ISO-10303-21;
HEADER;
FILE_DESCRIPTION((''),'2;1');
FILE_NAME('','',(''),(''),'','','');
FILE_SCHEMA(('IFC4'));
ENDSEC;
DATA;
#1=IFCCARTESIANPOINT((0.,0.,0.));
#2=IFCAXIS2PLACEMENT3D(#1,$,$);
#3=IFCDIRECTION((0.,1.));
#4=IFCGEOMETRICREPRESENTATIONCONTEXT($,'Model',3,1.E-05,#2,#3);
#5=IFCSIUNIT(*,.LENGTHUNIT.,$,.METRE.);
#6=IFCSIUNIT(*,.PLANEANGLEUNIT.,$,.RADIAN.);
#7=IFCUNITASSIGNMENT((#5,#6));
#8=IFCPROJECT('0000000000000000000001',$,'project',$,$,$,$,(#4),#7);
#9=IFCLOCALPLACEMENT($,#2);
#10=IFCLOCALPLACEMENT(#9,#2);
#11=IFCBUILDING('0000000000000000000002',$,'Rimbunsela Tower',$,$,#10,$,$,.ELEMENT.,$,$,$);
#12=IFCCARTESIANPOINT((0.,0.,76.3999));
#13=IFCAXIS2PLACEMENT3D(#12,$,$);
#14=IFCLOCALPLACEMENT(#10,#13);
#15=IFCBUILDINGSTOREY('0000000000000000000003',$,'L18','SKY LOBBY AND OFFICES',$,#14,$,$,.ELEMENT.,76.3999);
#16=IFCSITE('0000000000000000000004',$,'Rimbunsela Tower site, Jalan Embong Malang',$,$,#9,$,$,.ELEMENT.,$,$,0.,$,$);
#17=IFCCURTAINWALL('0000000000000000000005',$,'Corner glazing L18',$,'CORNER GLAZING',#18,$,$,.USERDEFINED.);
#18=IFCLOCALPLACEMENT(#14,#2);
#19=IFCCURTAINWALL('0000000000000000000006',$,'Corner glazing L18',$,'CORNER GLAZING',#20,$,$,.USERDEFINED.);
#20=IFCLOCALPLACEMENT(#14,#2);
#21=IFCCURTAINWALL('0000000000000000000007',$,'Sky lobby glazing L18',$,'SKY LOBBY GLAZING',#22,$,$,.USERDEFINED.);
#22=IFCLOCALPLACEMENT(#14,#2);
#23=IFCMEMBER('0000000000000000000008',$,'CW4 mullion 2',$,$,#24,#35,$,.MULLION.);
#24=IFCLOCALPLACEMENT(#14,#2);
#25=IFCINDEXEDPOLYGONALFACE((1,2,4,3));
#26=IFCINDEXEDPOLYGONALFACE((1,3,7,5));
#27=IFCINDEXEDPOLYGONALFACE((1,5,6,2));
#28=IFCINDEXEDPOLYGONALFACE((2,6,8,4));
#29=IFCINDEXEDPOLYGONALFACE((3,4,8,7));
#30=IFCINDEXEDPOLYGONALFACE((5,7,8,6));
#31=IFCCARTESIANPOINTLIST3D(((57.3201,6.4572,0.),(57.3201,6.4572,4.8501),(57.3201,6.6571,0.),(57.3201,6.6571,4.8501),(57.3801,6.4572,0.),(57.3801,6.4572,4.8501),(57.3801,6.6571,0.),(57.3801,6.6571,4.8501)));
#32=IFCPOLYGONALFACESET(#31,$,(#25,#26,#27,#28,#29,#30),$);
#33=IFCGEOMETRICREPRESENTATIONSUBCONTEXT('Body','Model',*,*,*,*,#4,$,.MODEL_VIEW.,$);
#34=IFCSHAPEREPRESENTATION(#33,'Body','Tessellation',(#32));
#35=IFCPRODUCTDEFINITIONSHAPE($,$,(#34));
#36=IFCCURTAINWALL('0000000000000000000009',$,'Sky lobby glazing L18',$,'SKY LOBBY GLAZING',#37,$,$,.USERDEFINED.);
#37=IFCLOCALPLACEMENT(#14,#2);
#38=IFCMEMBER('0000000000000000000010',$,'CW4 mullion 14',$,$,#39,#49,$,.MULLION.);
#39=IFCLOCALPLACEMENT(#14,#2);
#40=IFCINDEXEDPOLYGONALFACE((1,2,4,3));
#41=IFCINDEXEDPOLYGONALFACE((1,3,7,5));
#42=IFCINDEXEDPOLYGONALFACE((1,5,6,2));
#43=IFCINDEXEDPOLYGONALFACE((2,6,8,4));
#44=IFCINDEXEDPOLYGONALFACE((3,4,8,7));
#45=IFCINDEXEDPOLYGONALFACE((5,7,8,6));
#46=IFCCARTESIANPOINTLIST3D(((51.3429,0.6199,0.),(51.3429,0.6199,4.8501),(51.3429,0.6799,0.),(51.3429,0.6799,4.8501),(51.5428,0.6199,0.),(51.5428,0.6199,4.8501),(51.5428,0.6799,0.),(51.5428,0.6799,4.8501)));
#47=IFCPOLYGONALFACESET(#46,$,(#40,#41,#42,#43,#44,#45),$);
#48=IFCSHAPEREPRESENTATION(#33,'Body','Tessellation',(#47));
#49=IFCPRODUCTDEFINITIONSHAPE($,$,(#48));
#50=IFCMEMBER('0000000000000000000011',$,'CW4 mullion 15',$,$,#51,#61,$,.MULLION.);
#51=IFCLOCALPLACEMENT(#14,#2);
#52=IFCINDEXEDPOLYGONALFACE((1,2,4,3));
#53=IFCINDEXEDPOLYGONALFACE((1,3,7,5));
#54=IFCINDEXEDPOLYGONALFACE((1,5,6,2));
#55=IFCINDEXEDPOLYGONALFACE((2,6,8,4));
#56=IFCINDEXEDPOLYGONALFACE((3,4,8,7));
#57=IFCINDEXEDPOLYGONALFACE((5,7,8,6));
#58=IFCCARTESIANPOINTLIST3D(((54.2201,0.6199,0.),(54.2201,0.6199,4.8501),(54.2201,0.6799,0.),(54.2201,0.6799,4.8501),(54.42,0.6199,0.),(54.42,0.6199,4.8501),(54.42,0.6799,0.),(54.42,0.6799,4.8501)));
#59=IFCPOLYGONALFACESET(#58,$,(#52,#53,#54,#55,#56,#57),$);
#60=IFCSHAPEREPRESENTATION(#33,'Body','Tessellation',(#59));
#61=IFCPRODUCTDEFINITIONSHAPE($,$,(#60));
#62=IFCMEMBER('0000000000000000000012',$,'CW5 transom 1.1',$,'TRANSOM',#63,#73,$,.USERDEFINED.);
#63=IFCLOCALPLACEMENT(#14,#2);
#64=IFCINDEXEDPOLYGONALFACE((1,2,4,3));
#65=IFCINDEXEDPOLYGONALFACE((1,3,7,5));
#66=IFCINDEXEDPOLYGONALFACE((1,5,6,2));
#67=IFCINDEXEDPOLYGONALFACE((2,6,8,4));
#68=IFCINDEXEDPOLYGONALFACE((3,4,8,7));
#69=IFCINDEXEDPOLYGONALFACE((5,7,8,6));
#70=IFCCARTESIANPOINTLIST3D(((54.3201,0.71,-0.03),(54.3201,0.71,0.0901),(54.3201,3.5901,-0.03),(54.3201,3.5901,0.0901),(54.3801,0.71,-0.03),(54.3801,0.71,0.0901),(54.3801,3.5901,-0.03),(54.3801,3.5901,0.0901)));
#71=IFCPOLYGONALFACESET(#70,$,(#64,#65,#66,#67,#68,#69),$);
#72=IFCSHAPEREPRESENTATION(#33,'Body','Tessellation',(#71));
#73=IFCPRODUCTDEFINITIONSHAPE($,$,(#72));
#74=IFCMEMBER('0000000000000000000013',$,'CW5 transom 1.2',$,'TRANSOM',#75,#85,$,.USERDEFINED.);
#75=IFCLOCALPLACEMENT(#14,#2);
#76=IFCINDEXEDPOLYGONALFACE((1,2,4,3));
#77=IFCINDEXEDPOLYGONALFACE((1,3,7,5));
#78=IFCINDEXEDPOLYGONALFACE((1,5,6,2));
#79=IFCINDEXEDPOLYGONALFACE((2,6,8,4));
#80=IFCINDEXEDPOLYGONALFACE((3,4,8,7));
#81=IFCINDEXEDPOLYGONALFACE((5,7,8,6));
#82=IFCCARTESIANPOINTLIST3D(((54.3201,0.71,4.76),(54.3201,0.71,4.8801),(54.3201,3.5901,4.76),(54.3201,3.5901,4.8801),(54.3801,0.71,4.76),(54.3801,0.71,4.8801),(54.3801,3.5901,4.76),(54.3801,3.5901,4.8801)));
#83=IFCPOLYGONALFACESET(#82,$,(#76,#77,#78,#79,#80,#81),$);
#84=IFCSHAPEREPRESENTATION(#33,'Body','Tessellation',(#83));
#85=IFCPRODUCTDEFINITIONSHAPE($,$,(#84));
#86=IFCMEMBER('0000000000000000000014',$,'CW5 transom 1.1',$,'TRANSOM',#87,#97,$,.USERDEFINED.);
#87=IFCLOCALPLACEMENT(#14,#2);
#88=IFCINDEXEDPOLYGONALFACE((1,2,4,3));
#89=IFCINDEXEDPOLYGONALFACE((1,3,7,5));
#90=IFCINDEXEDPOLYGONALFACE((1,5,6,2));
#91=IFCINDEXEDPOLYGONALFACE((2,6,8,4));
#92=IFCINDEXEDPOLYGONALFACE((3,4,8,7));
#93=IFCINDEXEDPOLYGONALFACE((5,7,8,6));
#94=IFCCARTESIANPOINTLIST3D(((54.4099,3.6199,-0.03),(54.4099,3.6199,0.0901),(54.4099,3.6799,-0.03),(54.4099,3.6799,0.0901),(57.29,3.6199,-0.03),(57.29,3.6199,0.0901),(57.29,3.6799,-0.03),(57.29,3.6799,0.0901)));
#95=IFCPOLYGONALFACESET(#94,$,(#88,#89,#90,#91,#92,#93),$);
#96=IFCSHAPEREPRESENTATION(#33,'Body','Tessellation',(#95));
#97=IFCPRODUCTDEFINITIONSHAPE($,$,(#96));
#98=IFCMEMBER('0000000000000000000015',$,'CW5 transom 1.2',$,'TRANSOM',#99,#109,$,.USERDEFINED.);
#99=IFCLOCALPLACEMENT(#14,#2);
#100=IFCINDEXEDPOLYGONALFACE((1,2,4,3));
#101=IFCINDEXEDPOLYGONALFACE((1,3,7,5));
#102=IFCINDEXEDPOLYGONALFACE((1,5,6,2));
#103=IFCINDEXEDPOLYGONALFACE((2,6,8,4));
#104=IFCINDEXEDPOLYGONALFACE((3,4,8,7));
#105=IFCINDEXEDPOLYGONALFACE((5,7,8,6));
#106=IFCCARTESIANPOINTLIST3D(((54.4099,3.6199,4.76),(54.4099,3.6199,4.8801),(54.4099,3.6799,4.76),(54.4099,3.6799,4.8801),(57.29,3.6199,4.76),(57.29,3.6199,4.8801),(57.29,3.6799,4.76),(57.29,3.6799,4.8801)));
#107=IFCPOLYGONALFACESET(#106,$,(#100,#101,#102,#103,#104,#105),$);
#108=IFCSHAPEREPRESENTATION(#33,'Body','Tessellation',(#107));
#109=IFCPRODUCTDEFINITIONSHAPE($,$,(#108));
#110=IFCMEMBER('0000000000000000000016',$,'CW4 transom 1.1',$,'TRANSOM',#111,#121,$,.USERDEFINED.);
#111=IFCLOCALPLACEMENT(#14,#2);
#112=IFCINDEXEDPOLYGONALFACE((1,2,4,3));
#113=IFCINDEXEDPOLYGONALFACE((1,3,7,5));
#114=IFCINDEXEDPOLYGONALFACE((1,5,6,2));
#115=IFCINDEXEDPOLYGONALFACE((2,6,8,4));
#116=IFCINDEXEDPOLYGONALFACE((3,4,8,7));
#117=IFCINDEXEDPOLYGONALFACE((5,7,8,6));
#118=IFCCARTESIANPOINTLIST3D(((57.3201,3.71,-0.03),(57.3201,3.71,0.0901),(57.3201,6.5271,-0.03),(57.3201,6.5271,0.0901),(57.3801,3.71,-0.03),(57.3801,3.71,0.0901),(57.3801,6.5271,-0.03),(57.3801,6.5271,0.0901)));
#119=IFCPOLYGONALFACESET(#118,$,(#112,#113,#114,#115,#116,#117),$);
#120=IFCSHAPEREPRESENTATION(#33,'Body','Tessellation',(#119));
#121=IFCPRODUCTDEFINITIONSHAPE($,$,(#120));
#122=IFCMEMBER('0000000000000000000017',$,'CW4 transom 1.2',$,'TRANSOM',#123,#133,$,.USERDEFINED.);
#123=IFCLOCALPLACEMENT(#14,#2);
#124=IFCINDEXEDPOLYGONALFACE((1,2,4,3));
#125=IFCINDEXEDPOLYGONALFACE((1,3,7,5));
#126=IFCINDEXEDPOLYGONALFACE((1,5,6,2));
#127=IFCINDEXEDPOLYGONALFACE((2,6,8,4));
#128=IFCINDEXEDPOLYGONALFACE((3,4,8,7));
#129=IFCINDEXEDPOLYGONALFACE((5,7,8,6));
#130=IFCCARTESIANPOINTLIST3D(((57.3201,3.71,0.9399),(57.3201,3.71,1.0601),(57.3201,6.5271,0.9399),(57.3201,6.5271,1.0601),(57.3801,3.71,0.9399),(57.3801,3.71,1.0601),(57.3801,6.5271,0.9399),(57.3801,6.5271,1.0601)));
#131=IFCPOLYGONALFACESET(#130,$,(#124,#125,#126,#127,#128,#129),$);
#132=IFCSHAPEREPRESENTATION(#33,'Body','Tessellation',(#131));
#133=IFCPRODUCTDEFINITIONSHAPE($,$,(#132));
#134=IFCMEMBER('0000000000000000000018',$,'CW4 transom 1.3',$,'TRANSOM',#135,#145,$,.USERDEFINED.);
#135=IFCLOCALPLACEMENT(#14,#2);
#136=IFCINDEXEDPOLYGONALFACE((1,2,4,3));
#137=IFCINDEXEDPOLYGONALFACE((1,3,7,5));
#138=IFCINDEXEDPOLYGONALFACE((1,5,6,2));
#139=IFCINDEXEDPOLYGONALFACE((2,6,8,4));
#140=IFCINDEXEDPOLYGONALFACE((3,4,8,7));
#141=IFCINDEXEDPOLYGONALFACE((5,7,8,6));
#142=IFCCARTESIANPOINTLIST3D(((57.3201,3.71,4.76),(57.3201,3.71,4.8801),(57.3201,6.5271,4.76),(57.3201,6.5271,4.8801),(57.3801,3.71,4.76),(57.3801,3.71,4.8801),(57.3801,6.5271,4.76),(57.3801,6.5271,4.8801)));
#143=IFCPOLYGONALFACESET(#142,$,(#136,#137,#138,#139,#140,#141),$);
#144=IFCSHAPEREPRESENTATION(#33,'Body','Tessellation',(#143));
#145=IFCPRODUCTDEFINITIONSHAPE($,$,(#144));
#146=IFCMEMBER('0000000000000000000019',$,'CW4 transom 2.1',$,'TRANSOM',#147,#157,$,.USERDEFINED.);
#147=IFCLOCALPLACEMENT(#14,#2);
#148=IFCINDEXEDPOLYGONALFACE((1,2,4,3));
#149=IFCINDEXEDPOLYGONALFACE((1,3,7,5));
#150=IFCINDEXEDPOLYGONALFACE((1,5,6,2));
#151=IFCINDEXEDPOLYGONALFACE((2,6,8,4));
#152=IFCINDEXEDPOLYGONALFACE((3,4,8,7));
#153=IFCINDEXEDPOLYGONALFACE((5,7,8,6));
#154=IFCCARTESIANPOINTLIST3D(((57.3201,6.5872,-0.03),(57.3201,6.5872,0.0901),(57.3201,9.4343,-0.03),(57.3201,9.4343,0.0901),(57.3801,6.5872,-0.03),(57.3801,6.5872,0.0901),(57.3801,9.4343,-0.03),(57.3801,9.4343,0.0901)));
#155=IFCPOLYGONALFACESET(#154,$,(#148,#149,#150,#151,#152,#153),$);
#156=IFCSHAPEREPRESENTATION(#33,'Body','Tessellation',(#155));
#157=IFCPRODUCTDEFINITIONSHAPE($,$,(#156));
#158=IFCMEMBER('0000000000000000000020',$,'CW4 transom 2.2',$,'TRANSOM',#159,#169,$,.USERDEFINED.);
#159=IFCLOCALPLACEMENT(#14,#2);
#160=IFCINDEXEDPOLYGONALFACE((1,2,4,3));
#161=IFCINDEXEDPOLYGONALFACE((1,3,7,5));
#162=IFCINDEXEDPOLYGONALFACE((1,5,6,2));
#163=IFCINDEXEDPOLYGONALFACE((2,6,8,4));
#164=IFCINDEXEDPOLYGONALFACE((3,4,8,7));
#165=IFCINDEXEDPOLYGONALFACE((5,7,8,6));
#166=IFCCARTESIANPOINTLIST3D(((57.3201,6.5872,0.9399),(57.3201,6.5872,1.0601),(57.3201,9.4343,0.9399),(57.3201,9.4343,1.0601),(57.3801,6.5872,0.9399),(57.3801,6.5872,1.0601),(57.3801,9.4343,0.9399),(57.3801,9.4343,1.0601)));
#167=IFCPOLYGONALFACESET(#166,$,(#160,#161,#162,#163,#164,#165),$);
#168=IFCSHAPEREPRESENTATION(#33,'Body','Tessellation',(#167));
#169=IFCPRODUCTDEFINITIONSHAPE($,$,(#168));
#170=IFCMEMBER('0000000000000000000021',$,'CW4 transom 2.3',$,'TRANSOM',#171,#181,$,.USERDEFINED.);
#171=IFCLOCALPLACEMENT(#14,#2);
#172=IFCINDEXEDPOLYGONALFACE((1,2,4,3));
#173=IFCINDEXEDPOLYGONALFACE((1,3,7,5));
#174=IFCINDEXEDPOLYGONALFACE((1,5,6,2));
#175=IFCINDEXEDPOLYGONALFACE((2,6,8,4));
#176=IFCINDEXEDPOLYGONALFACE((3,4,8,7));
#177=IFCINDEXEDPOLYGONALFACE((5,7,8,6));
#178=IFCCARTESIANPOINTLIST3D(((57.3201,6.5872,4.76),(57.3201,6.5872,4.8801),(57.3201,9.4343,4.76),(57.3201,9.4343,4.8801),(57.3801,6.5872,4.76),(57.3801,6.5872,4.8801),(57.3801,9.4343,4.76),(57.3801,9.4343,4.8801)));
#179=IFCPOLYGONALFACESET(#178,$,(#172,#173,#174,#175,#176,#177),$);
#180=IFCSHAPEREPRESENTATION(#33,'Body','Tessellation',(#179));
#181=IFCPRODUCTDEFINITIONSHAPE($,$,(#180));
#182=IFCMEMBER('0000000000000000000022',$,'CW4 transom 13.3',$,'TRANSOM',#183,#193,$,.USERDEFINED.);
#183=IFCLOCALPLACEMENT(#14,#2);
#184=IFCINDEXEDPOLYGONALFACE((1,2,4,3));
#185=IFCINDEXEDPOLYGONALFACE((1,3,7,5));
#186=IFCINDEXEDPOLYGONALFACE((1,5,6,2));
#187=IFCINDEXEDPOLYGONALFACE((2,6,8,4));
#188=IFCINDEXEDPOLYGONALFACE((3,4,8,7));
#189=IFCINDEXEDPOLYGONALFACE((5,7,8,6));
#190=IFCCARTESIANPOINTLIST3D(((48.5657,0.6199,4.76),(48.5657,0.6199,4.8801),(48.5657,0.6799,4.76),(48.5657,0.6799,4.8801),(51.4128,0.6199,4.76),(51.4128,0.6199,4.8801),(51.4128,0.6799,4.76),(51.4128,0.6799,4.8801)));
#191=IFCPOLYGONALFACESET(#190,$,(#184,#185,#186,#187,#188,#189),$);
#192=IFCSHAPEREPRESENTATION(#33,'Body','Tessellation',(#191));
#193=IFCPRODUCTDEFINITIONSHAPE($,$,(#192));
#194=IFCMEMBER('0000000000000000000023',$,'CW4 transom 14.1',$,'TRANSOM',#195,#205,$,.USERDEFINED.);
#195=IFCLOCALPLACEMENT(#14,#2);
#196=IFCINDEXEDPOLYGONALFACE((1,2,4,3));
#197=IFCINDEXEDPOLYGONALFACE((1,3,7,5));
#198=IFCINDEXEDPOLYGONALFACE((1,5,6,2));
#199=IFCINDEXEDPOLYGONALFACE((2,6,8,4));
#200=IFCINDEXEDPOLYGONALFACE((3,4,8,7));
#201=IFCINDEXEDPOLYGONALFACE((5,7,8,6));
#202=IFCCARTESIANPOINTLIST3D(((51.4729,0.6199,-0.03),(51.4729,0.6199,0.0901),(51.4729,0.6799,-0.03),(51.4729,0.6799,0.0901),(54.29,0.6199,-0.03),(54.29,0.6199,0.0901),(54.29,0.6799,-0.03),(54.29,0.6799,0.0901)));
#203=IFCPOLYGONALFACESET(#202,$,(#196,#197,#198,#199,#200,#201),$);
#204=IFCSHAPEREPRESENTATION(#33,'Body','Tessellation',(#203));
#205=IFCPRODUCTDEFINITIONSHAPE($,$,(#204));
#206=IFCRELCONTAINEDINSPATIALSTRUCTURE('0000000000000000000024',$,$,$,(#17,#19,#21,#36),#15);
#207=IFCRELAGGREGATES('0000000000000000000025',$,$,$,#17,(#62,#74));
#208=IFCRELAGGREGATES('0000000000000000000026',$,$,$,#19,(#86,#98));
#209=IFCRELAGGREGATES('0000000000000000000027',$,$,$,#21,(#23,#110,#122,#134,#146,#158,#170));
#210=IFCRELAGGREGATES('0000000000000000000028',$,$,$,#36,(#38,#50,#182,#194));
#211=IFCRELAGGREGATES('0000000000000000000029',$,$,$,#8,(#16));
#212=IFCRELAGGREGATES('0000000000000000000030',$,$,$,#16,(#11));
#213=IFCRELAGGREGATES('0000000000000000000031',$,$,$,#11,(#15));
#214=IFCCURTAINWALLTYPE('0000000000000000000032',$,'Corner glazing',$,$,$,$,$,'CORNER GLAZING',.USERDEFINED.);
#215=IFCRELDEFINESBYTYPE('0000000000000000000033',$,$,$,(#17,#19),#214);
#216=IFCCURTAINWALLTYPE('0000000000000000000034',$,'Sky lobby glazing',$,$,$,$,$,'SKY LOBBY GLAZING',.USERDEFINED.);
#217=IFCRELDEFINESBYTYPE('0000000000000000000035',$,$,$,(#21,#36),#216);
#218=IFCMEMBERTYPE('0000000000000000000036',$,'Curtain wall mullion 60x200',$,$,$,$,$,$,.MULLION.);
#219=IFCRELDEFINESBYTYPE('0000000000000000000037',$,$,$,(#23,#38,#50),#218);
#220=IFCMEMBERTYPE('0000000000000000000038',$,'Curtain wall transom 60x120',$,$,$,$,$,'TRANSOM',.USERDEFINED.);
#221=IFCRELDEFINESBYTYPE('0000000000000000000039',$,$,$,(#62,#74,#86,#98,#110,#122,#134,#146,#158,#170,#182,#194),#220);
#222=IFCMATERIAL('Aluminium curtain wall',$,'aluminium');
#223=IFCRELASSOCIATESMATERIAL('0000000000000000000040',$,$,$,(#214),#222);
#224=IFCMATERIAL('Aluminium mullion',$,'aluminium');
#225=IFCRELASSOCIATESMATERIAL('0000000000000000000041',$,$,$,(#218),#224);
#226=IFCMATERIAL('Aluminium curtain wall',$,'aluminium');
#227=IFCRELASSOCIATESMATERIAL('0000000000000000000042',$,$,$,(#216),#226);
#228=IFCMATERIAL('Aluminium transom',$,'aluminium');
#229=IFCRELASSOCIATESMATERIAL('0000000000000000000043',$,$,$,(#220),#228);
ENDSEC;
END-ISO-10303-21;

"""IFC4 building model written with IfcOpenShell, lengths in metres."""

from ifc_helpers import new_model, si_unit, direction, frame, origin, origin_2d, place, context, subcontext, project, spatial, rectangle, extrude, material, material_profile, profile_set, type_object, element, aggregate, save


model = new_model("IFC4")

# Units and contexts
model_context = context("Model", 3, precision=1e-05, world=origin(), true_north=direction((0.0, 1.0)))
body_context = subcontext(model_context, "Body", "Model", "MODEL_VIEW")
ifc_project = project(units=[si_unit("LENGTHUNIT", "METRE"), si_unit("PLANEANGLEUNIT", "RADIAN")], contexts=[model_context])

# Site, building, storey
site_placement = place(None, origin())
site = spatial("IfcSite", under=ifc_project, at=site_placement, Name="Rimbunsela Tower site, Jalan Embong Malang", CompositionType="ELEMENT", RefElevation=0.0)
building_placement = place(site_placement, origin())
building = spatial("IfcBuilding", under=site, at=building_placement, Name="Rimbunsela Tower", CompositionType="ELEMENT")
storey_placement = place(building_placement, frame((0.0, 0.0, 76.3999)))
storey = spatial("IfcBuildingStorey", under=building, at=storey_placement, Name="L18", Description="SKY LOBBY AND OFFICES", CompositionType="ELEMENT", Elevation=76.3999)

# Curtain walls, members
ifc_material_1 = material(Name="Aluminium curtain wall", Category="aluminium")
curtain_wall_type_1 = type_object("IfcCurtainWallType", Name="Corner glazing", ElementType="CORNER GLAZING", PredefinedType="USERDEFINED", material=ifc_material_1)
curtain_wall_1_placement = place(storey_placement, origin())
curtain_wall_1 = element("IfcCurtainWall", 1, at=curtain_wall_1_placement, inside=storey, type_object=curtain_wall_type_1, Name="Corner glazing L18", ObjectType="CORNER GLAZING", PredefinedType="USERDEFINED")
ifc_material_2 = material(Name="Aluminium mullion", Category="aluminium")
ifc_material_profile_1 = material_profile(ifc_material_2, rectangle(XDim=0.0601, YDim=0.2, at=origin_2d()), Name="Mullion 60x200")
ifc_profile_set_1 = profile_set([ifc_material_profile_1], Name="Aluminium mullion")
member_type_1 = type_object("IfcMemberType", Name="Curtain wall mullion 60x200", PredefinedType="MULLION", material=ifc_profile_set_1)
curtain_wall_2_placement = place(storey_placement, origin())
curtain_wall_2 = element("IfcCurtainWall", 2, at=curtain_wall_2_placement, inside=storey, type_object=curtain_wall_type_1, Name="Corner glazing L18", ObjectType="CORNER GLAZING", PredefinedType="USERDEFINED")
ifc_material_3 = material(Name="Aluminium curtain wall", Category="aluminium")
curtain_wall_type_2 = type_object("IfcCurtainWallType", Name="Sky lobby glazing", ElementType="SKY LOBBY GLAZING", PredefinedType="USERDEFINED", material=ifc_material_3)
curtain_wall_3_placement = place(storey_placement, origin())
curtain_wall_3 = element("IfcCurtainWall", 3, at=curtain_wall_3_placement, inside=storey, type_object=curtain_wall_type_2, Name="Sky lobby glazing L18", ObjectType="SKY LOBBY GLAZING", PredefinedType="USERDEFINED")
member_1_placement = place(storey_placement, frame((57.3501, 6.5571, 0.0), z_axis=(0.0, 0.0, 1.0), x_axis=(-1.0, 0.0, 0.0)))
member_1 = element("IfcMember", 4, at=member_1_placement, type_object=member_type_1, Name="CW4 mullion 2", PredefinedType="MULLION", context=body_context, shape_type="SweptSolid", body=[
    extrude(rectangle(XDim=0.0601, YDim=0.2, at=origin_2d()), origin(), (0.0, 0.0, 1.0), 4.8501),
])
curtain_wall_4_placement = place(storey_placement, origin())
curtain_wall_4 = element("IfcCurtainWall", 5, at=curtain_wall_4_placement, inside=storey, type_object=curtain_wall_type_2, Name="Sky lobby glazing L18", ObjectType="SKY LOBBY GLAZING", PredefinedType="USERDEFINED")
member_2_placement = place(storey_placement, frame((51.4429, 0.6499, 0.0), z_axis=(0.0, 0.0, 1.0), x_axis=(0.0, 1.0, 0.0)))
member_2 = element("IfcMember", 6, at=member_2_placement, type_object=member_type_1, Name="CW4 mullion 14", PredefinedType="MULLION", context=body_context, shape_type="SweptSolid", body=[
    extrude(rectangle(XDim=0.0601, YDim=0.2, at=origin_2d()), origin(), (0.0, 0.0, 1.0), 4.8501),
])
member_3_placement = place(storey_placement, frame((54.3201, 0.6499, 0.0), z_axis=(0.0, 0.0, 1.0), x_axis=(0.0, 1.0, 0.0)))
member_3 = element("IfcMember", 7, at=member_3_placement, type_object=member_type_1, Name="CW4 mullion 15", PredefinedType="MULLION", context=body_context, shape_type="SweptSolid", body=[
    extrude(rectangle(XDim=0.0601, YDim=0.2, at=origin_2d()), origin(), (0.0, 0.0, 1.0), 4.8501),
])

# Members
ifc_material_4 = material(Name="Aluminium transom", Category="aluminium")
ifc_material_profile_2 = material_profile(ifc_material_4, rectangle(XDim=0.0601, YDim=0.1201, at=origin_2d()), Name="Transom 60x120")
ifc_profile_set_2 = profile_set([ifc_material_profile_2], Name="Aluminium transom")
member_type_2 = type_object("IfcMemberType", Name="Curtain wall transom 60x120", ElementType="TRANSOM", PredefinedType="USERDEFINED", material=ifc_profile_set_2)
member_4_placement = place(storey_placement, frame((54.3501, 0.71, 0.03), z_axis=(0.0, 1.0, 0.0), x_axis=(-1.0, 0.0, 0.0)))
member_4 = element("IfcMember", 8, at=member_4_placement, type_object=member_type_2, Name="CW5 transom 1.1", ObjectType="TRANSOM", PredefinedType="USERDEFINED", context=body_context, shape_type="SweptSolid", body=[
    extrude(rectangle(XDim=0.0601, YDim=0.1201, at=origin_2d()), origin(), (0.0, 0.0, 1.0), 2.8801),
])
member_5_placement = place(storey_placement, frame((54.3501, 0.71, 4.8201), z_axis=(0.0, 1.0, 0.0), x_axis=(-1.0, 0.0, 0.0)))
member_5 = element("IfcMember", 9, at=member_5_placement, type_object=member_type_2, Name="CW5 transom 1.2", ObjectType="TRANSOM", PredefinedType="USERDEFINED", context=body_context, shape_type="SweptSolid", body=[
    extrude(rectangle(XDim=0.0601, YDim=0.1201, at=origin_2d()), origin(), (0.0, 0.0, 1.0), 2.8801),
])
member_6_placement = place(storey_placement, frame((54.4099, 3.6499, 0.03), z_axis=(1.0, 0.0, 0.0), x_axis=(0.0, 1.0, 0.0)))
member_6 = element("IfcMember", 10, at=member_6_placement, type_object=member_type_2, Name="CW5 transom 1.1", ObjectType="TRANSOM", PredefinedType="USERDEFINED", context=body_context, shape_type="SweptSolid", body=[
    extrude(rectangle(XDim=0.0601, YDim=0.1201, at=origin_2d()), origin(), (0.0, 0.0, 1.0), 2.8801),
])
member_7_placement = place(storey_placement, frame((54.4099, 3.6499, 4.8201), z_axis=(1.0, 0.0, 0.0), x_axis=(0.0, 1.0, 0.0)))
member_7 = element("IfcMember", 11, at=member_7_placement, type_object=member_type_2, Name="CW5 transom 1.2", ObjectType="TRANSOM", PredefinedType="USERDEFINED", context=body_context, shape_type="SweptSolid", body=[
    extrude(rectangle(XDim=0.0601, YDim=0.1201, at=origin_2d()), origin(), (0.0, 0.0, 1.0), 2.8801),
])
member_8_placement = place(storey_placement, frame((57.3501, 3.71, 0.03), z_axis=(0.0, 1.0, 0.0), x_axis=(-1.0, 0.0, 0.0)))
member_8 = element("IfcMember", 12, at=member_8_placement, type_object=member_type_2, Name="CW4 transom 1.1", ObjectType="TRANSOM", PredefinedType="USERDEFINED", context=body_context, shape_type="SweptSolid", body=[
    extrude(rectangle(XDim=0.0601, YDim=0.1201, at=origin_2d()), origin(), (0.0, 0.0, 1.0), 2.8171),
])
member_9_placement = place(storey_placement, frame((57.3501, 3.71, 1.0), z_axis=(0.0, 1.0, 0.0), x_axis=(-1.0, 0.0, 0.0)))
member_9 = element("IfcMember", 13, at=member_9_placement, type_object=member_type_2, Name="CW4 transom 1.2", ObjectType="TRANSOM", PredefinedType="USERDEFINED", context=body_context, shape_type="SweptSolid", body=[
    extrude(rectangle(XDim=0.0601, YDim=0.1201, at=origin_2d()), origin(), (0.0, 0.0, 1.0), 2.8171),
])
member_10_placement = place(storey_placement, frame((57.3501, 3.71, 4.8201), z_axis=(0.0, 1.0, 0.0), x_axis=(-1.0, 0.0, 0.0)))
member_10 = element("IfcMember", 14, at=member_10_placement, type_object=member_type_2, Name="CW4 transom 1.3", ObjectType="TRANSOM", PredefinedType="USERDEFINED", context=body_context, shape_type="SweptSolid", body=[
    extrude(rectangle(XDim=0.0601, YDim=0.1201, at=origin_2d()), origin(), (0.0, 0.0, 1.0), 2.8171),
])
member_11_placement = place(storey_placement, frame((57.3501, 6.5872, 0.03), z_axis=(0.0, 1.0, 0.0), x_axis=(-1.0, 0.0, 0.0)))
member_11 = element("IfcMember", 15, at=member_11_placement, type_object=member_type_2, Name="CW4 transom 2.1", ObjectType="TRANSOM", PredefinedType="USERDEFINED", context=body_context, shape_type="SweptSolid", body=[
    extrude(rectangle(XDim=0.0601, YDim=0.1201, at=origin_2d()), origin(), (0.0, 0.0, 1.0), 2.8472),
])
member_12_placement = place(storey_placement, frame((57.3501, 6.5872, 1.0), z_axis=(0.0, 1.0, 0.0), x_axis=(-1.0, 0.0, 0.0)))
member_12 = element("IfcMember", 16, at=member_12_placement, type_object=member_type_2, Name="CW4 transom 2.2", ObjectType="TRANSOM", PredefinedType="USERDEFINED", context=body_context, shape_type="SweptSolid", body=[
    extrude(rectangle(XDim=0.0601, YDim=0.1201, at=origin_2d()), origin(), (0.0, 0.0, 1.0), 2.8472),
])
member_13_placement = place(storey_placement, frame((57.3501, 6.5872, 4.8201), z_axis=(0.0, 1.0, 0.0), x_axis=(-1.0, 0.0, 0.0)))
member_13 = element("IfcMember", 17, at=member_13_placement, type_object=member_type_2, Name="CW4 transom 2.3", ObjectType="TRANSOM", PredefinedType="USERDEFINED", context=body_context, shape_type="SweptSolid", body=[
    extrude(rectangle(XDim=0.0601, YDim=0.1201, at=origin_2d()), origin(), (0.0, 0.0, 1.0), 2.8472),
])
member_14_placement = place(storey_placement, frame((48.5657, 0.6499, 4.8201), z_axis=(1.0, 0.0, 0.0), x_axis=(0.0, 1.0, 0.0)))
member_14 = element("IfcMember", 18, at=member_14_placement, type_object=member_type_2, Name="CW4 transom 13.3", ObjectType="TRANSOM", PredefinedType="USERDEFINED", context=body_context, shape_type="SweptSolid", body=[
    extrude(rectangle(XDim=0.0601, YDim=0.1201, at=origin_2d()), origin(), (0.0, 0.0, 1.0), 2.8472),
])
member_15_placement = place(storey_placement, frame((51.4729, 0.6499, 0.03), z_axis=(1.0, 0.0, 0.0), x_axis=(0.0, 1.0, 0.0)))
member_15 = element("IfcMember", 19, at=member_15_placement, type_object=member_type_2, Name="CW4 transom 14.1", ObjectType="TRANSOM", PredefinedType="USERDEFINED", context=body_context, shape_type="SweptSolid", body=[
    extrude(rectangle(XDim=0.0601, YDim=0.1201, at=origin_2d()), origin(), (0.0, 0.0, 1.0), 2.8171),
])

aggregate(curtain_wall_1, [member_4, member_5])
aggregate(curtain_wall_2, [member_6, member_7])
aggregate(curtain_wall_3, [member_1, member_8, member_9, member_10, member_11, member_12, member_13])
aggregate(curtain_wall_4, [member_2, member_3, member_14, member_15])

save(model, "model.ifc")
